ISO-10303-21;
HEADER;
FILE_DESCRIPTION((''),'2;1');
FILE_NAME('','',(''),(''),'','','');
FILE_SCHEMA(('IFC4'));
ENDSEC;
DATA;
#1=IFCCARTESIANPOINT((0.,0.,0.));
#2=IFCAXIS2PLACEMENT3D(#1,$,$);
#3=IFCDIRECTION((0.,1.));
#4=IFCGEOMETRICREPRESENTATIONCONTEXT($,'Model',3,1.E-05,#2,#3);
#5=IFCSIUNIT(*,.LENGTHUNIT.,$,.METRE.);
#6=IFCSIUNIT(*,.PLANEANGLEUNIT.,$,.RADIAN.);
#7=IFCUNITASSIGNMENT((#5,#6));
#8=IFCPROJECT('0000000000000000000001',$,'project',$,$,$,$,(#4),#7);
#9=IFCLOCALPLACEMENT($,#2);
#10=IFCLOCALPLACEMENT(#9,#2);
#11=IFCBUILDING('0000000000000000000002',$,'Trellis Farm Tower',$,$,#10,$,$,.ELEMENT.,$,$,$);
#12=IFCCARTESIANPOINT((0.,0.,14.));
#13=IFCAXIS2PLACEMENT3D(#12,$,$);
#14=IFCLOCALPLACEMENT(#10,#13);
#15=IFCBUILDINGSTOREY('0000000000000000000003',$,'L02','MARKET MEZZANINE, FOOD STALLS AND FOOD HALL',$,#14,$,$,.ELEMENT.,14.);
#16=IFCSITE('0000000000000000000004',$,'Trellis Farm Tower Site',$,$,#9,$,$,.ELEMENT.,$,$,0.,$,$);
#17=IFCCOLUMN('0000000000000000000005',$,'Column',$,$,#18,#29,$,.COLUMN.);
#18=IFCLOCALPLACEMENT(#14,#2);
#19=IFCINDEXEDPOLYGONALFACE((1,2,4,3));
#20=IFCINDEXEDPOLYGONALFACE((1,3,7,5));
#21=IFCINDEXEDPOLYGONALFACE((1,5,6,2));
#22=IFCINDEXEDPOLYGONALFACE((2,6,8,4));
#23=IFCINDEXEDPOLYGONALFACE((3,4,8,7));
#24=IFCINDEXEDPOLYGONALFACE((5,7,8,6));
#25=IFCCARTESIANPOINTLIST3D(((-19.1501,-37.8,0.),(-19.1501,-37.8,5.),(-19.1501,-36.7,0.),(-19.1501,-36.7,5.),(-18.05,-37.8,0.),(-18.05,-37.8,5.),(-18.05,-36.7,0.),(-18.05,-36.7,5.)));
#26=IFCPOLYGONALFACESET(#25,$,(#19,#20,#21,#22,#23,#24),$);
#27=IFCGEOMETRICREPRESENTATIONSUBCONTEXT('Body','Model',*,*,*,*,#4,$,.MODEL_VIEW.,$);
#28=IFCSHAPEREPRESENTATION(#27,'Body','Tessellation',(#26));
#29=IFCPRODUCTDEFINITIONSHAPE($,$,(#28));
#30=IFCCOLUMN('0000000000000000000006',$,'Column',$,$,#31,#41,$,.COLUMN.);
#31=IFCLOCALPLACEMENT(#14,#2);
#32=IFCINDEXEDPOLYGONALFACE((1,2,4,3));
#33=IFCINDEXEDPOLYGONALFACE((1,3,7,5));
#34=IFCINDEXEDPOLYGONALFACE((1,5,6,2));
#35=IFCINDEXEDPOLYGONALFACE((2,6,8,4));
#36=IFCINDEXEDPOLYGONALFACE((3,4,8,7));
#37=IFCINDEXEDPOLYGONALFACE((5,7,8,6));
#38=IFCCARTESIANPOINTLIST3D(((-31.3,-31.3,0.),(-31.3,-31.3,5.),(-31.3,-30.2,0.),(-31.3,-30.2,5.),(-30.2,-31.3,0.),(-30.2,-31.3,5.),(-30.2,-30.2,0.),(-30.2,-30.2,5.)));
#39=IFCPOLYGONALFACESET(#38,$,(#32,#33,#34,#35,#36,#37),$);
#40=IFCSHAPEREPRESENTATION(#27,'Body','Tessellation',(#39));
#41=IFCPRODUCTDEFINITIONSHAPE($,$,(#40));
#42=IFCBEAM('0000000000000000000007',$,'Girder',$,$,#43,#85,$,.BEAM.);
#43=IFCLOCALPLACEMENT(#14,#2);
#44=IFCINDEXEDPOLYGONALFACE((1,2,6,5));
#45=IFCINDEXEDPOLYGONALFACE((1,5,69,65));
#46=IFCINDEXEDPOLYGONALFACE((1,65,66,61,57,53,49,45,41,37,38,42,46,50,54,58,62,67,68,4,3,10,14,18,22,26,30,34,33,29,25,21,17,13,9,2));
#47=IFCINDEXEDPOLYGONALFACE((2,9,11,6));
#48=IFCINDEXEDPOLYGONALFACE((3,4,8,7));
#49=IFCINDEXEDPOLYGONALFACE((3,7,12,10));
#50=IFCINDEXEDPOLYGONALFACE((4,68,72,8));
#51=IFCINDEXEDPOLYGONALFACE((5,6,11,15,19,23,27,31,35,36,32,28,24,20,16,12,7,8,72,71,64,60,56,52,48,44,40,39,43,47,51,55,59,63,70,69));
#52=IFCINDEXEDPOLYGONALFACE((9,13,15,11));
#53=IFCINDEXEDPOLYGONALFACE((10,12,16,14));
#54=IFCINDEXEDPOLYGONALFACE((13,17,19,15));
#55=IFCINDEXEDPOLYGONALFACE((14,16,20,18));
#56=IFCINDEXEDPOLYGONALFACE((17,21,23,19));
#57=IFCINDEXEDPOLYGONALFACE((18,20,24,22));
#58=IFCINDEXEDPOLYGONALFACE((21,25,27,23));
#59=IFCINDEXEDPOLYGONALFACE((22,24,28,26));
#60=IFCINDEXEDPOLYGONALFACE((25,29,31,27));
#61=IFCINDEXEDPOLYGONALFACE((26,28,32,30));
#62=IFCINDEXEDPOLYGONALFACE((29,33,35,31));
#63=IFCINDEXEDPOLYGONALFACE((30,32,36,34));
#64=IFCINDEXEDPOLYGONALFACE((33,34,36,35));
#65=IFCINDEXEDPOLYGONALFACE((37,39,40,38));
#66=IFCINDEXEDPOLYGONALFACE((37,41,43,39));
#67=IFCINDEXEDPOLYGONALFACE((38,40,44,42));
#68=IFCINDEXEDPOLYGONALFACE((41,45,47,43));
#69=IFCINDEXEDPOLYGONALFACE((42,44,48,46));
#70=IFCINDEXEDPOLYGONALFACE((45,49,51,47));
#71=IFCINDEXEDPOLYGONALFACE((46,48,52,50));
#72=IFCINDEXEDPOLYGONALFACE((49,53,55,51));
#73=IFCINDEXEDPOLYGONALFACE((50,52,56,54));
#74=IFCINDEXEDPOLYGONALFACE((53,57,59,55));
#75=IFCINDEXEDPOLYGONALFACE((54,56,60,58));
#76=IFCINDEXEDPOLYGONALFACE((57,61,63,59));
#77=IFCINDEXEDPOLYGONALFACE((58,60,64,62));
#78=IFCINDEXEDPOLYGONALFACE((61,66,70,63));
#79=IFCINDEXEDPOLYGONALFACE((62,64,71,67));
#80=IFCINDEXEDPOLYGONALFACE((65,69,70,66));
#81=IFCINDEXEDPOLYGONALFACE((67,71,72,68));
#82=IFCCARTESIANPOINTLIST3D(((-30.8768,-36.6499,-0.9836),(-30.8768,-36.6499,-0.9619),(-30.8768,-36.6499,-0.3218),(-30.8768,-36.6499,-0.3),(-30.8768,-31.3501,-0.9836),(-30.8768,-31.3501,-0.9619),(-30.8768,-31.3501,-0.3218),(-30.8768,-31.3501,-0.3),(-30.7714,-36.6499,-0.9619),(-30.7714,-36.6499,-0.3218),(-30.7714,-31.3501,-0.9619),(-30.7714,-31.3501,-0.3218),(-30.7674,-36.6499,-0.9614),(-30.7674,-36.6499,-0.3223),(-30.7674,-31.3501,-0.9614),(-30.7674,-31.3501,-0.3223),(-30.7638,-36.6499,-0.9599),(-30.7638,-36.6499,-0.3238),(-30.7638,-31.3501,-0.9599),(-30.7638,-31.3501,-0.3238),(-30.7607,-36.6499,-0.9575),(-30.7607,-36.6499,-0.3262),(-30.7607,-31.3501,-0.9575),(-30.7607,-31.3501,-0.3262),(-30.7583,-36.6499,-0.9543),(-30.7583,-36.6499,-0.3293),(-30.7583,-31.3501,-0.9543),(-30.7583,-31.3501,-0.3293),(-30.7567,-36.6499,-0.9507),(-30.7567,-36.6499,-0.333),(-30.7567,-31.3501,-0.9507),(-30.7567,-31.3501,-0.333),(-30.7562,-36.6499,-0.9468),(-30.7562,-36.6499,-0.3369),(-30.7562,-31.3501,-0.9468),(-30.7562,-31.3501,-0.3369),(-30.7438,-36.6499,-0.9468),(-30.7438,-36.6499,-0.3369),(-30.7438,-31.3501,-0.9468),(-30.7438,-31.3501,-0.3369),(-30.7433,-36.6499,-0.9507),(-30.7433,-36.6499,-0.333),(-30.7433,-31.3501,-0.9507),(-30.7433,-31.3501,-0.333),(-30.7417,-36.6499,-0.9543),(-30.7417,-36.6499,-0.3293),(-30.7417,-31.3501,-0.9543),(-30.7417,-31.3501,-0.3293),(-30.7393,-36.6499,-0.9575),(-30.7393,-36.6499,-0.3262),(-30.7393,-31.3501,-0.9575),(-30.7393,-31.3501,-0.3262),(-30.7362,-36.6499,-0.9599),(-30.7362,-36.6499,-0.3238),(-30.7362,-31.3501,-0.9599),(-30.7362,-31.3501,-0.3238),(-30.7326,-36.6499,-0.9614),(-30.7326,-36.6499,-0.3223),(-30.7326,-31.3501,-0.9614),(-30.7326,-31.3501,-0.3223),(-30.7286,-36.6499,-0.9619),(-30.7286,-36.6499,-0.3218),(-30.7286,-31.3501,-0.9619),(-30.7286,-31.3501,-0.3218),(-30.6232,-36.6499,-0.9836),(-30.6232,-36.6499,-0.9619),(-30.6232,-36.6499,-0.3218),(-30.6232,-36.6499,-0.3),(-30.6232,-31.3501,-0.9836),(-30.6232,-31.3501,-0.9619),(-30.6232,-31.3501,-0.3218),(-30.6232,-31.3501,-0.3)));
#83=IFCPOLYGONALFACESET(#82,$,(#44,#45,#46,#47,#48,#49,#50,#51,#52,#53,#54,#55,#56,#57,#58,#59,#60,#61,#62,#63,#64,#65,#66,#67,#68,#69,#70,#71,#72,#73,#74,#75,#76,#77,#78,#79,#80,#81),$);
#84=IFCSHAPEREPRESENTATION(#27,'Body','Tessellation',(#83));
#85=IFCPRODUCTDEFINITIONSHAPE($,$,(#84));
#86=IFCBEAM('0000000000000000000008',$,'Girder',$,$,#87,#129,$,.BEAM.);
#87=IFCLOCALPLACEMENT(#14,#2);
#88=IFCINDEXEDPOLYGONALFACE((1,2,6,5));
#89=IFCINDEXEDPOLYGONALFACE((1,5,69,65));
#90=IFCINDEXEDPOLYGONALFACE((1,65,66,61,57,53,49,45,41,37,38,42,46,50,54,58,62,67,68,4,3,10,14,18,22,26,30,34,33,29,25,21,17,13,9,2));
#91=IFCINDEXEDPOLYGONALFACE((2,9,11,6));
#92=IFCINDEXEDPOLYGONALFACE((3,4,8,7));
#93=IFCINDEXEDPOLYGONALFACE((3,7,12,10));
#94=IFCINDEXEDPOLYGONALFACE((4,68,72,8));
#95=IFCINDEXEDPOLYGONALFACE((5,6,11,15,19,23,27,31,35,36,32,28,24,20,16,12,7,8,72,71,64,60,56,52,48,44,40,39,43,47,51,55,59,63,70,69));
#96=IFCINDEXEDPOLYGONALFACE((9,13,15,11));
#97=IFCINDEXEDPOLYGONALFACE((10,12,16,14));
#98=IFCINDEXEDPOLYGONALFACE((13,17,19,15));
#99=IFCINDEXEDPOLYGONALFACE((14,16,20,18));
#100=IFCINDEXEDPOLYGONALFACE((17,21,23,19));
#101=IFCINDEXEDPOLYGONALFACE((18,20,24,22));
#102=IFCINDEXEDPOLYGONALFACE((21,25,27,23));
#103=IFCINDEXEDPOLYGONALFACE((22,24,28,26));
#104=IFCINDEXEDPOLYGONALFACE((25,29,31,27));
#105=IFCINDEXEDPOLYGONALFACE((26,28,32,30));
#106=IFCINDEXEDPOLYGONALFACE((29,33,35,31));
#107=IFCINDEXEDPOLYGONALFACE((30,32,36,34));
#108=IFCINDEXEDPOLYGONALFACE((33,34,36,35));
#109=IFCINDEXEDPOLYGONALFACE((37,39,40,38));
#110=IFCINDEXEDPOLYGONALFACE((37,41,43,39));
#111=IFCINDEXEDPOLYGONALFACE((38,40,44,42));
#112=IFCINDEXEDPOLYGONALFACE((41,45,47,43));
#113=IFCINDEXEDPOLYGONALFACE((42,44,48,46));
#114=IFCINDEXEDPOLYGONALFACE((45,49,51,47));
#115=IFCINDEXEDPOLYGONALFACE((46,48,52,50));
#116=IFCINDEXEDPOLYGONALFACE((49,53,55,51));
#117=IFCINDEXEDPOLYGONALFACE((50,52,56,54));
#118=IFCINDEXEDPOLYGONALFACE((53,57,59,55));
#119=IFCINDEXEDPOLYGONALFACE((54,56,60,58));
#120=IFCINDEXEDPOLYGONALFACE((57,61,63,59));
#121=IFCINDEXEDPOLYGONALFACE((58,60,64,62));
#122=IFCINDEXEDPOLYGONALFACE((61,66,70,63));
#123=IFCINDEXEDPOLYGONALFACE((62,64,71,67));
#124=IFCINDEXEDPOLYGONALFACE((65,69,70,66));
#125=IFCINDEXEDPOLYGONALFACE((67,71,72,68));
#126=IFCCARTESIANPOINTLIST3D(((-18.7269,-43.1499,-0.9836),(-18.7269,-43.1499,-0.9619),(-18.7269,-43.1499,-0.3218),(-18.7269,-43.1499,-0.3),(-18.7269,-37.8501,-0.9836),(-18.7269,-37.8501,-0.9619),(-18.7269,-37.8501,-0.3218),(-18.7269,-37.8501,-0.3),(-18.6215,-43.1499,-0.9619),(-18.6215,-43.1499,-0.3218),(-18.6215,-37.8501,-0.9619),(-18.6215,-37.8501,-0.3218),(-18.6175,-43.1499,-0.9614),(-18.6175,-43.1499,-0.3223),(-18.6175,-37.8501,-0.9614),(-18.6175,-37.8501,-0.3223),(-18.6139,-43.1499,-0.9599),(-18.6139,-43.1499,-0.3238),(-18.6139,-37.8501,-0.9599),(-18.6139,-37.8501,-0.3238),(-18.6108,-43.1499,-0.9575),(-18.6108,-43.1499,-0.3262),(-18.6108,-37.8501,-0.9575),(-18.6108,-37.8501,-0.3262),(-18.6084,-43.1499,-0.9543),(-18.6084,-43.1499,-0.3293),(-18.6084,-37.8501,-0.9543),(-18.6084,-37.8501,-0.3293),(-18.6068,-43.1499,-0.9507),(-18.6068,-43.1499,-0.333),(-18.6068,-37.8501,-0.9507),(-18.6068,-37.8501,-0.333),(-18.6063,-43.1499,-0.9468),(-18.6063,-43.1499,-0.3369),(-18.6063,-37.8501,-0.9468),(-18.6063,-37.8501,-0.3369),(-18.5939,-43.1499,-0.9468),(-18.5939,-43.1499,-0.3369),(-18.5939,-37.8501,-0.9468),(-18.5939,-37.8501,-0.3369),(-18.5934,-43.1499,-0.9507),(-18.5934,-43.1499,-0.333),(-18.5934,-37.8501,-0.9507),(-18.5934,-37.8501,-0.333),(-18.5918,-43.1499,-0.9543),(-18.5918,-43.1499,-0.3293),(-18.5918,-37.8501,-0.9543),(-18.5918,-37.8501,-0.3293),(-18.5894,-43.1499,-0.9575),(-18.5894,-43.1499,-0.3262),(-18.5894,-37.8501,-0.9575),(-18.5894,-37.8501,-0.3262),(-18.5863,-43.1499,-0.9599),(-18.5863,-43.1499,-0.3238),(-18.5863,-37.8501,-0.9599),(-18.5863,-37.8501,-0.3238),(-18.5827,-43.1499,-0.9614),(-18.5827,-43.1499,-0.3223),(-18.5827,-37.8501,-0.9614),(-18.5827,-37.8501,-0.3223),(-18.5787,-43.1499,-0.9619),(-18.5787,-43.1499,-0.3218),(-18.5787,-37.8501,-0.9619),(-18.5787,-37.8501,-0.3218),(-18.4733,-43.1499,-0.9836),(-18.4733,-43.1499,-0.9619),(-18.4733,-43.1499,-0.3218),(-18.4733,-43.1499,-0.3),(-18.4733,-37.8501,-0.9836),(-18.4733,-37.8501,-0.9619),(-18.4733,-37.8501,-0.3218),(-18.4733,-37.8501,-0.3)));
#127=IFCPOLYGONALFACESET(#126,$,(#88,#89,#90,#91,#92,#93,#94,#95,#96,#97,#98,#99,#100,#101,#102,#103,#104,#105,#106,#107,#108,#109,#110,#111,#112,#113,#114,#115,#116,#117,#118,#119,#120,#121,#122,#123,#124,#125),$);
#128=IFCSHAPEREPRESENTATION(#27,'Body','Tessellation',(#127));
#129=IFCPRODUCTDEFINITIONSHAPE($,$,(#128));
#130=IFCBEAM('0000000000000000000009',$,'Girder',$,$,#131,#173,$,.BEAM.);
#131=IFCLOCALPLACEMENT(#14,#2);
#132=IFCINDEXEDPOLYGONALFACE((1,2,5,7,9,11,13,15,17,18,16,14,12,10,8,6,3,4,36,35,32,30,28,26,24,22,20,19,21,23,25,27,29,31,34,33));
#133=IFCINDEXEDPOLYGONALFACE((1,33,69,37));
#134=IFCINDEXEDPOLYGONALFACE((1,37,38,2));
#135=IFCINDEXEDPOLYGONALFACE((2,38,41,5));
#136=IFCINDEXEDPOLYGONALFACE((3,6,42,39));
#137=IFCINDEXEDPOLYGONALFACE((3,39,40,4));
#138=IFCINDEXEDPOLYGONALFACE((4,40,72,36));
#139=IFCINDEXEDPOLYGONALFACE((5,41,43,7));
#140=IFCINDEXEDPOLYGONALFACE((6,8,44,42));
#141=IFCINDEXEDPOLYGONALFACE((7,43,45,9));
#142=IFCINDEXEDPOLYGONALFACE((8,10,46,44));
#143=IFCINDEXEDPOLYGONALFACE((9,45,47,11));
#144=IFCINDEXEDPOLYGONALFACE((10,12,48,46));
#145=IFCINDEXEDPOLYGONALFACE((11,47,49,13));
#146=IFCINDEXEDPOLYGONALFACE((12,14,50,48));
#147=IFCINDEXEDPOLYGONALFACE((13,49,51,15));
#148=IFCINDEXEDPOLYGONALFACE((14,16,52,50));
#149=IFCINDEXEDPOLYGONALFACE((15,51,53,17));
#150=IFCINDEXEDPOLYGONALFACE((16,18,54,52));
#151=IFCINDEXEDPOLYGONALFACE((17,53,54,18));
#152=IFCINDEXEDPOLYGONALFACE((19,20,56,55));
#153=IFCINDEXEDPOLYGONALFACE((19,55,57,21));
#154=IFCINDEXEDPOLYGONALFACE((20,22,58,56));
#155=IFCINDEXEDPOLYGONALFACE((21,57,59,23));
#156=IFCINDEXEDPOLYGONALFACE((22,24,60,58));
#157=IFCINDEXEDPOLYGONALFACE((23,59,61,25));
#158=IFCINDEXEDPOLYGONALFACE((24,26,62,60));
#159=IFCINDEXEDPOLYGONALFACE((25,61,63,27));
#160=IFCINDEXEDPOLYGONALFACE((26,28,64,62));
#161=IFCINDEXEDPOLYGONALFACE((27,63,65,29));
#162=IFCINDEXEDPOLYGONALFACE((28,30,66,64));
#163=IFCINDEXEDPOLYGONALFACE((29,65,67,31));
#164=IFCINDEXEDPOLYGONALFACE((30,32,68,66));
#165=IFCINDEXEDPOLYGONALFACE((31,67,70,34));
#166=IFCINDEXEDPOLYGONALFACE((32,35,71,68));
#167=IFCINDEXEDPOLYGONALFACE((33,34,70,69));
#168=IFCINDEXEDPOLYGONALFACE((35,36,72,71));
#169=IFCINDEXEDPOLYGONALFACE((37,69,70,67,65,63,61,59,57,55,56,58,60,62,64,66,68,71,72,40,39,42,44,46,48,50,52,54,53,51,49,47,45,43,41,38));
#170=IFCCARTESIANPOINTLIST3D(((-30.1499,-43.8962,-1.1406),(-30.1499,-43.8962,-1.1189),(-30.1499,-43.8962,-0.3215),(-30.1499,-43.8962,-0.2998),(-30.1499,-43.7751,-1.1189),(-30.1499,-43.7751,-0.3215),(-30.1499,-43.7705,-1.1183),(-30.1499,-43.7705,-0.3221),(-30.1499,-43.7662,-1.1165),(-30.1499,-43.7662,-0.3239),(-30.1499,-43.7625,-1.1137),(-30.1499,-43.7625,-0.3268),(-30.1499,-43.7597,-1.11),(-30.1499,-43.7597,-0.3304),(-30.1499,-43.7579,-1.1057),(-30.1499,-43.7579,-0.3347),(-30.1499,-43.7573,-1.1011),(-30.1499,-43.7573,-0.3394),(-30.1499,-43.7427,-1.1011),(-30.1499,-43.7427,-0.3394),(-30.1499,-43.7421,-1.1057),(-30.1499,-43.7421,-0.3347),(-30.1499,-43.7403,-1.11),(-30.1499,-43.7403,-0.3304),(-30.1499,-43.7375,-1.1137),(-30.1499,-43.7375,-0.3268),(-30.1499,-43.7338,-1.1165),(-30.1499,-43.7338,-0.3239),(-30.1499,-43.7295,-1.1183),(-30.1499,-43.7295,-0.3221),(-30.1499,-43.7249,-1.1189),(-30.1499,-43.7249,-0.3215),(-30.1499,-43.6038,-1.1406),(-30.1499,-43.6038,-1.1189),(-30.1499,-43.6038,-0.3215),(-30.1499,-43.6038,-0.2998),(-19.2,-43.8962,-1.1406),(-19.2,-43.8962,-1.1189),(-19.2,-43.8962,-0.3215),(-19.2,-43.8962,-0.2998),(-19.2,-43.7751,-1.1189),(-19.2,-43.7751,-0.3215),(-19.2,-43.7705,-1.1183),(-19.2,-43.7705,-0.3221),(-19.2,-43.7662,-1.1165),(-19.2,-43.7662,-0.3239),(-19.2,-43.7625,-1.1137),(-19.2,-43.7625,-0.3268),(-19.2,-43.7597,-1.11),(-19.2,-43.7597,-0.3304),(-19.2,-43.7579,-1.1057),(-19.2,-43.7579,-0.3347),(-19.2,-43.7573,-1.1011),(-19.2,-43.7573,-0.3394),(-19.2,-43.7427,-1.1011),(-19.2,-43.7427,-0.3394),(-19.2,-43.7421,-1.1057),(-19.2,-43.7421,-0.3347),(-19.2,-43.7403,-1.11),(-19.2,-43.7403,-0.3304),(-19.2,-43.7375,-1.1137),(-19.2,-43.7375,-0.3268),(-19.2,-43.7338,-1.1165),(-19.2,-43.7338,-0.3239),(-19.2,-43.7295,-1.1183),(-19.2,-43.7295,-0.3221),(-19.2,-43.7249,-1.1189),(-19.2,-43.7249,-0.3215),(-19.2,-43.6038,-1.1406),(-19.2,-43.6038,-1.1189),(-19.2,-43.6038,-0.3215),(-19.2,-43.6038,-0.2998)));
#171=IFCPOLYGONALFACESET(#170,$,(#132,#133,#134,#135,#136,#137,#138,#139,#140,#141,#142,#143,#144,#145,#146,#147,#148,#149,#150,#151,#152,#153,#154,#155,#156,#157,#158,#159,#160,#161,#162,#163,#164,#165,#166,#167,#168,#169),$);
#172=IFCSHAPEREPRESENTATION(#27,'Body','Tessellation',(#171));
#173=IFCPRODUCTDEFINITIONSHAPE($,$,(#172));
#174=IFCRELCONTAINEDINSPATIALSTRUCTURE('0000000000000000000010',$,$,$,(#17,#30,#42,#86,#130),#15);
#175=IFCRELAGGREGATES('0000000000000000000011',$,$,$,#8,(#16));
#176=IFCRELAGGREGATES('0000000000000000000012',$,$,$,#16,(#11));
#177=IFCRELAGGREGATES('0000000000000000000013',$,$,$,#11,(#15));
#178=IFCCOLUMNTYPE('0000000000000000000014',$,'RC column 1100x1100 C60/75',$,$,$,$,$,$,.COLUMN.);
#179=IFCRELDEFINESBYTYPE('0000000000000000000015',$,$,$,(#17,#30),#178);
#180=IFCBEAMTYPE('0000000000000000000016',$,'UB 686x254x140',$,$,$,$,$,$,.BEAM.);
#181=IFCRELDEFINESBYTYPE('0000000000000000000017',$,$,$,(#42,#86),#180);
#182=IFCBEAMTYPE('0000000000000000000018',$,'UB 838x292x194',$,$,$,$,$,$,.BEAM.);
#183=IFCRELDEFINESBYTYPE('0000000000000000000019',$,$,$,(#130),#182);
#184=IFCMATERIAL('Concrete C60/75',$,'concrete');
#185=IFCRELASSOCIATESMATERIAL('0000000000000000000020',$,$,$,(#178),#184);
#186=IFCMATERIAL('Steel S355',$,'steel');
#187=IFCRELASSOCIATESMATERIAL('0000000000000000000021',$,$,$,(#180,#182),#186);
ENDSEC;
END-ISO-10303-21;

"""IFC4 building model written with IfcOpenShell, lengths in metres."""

from ifc_helpers import new_model, si_unit, direction, frame, origin, origin_2d, place, context, subcontext, project, spatial, rectangle, i_section, extrude, source, transform, mapped, material, material_profile, profile_set, type_object, element, save


model = new_model("IFC4")

# Units and contexts
model_context = context("Model", 3, precision=1e-05, world=origin(), true_north=direction((0.0, 1.0)))
body_context = subcontext(model_context, "Body", "Model", "MODEL_VIEW")
ifc_project = project(units=[si_unit("LENGTHUNIT", "METRE"), si_unit("PLANEANGLEUNIT", "RADIAN")], contexts=[model_context])

# Site, building, storey
site_placement = place(None, origin())
site = spatial("IfcSite", under=ifc_project, at=site_placement, Name="Trellis Farm Tower Site", CompositionType="ELEMENT", RefElevation=0.0)
building_placement = place(site_placement, origin())
building = spatial("IfcBuilding", under=site, at=building_placement, Name="Trellis Farm Tower", CompositionType="ELEMENT")
storey_placement = place(building_placement, frame((0.0, 0.0, 14.0)))
storey = spatial("IfcBuildingStorey", under=building, at=storey_placement, Name="L02", Description="MARKET MEZZANINE, FOOD STALLS AND FOOD HALL", CompositionType="ELEMENT", Elevation=14.0)

# Columns
ifc_material_1 = material(Name="Concrete C60/75", Category="concrete")
ifc_material_profile_1 = material_profile(ifc_material_1, rectangle(XDim=1.1001, YDim=1.1001, at=origin_2d()), Name="RC column 1100x1100 C60/75")
ifc_profile_set_1 = profile_set([ifc_material_profile_1], Name="Concrete C60/75")
column_type = type_object("IfcColumnType", Name="RC column 1100x1100 C60/75", PredefinedType="COLUMN", material=ifc_profile_set_1)
shared_shape_1 = source(origin(), body_context, "Body", "SweptSolid", [
    extrude(rectangle(XDim=1.1001, YDim=1.1001, at=origin_2d()), origin(), (0.0, 0.0, 1.0), 5.0),
])
for number, where, z_axis, x_axis, name in (
    (1, (-18.6001, -37.25, 0.0), (0.0, 0.0, 1.0), (1.0, 0.0, 0.0), "Column"),
    (2, (-30.75, -30.75, 0.0), (0.0, 0.0, 1.0), (1.0, 0.0, 0.0), "Column"),
):
    element("IfcColumn", number, at=place(storey_placement, frame(where, z_axis=z_axis, x_axis=x_axis)), inside=storey, type_object=column_type, Name=name, PredefinedType="COLUMN", context=body_context, shape_type="MappedRepresentation", body=[
        mapped(shared_shape_1, transform((0.0, 0.0, 0.0))),
    ])

# Beams
ifc_material_2 = material(Name="Steel S355", Category="steel")
ifc_material_profile_2 = material_profile(ifc_material_2, i_section(OverallWidth=0.2537, OverallDepth=0.6836, WebThickness=0.0125, FlangeThickness=0.0217, FilletRadius=0.0151, at=origin_2d()), Name="UB 686x254x140")
ifc_profile_set_2 = profile_set([ifc_material_profile_2], Name="Steel S355")
beam_type_1 = type_object("IfcBeamType", Name="UB 686x254x140", PredefinedType="BEAM", material=ifc_profile_set_2)
shared_shape_2 = source(origin(), body_context, "Body", "SweptSolid", [
    extrude(i_section(OverallWidth=0.2537, OverallDepth=0.6836, WebThickness=0.0125, FlangeThickness=0.0217, FilletRadius=0.0151, at=origin_2d()), origin(), (0.0, 0.0, 1.0), 5.2998),
])
for number, where, z_axis, x_axis, name in (
    (3, (-30.75, -36.6499, -0.6418), (0.0, 1.0, 0.0), (-1.0, 0.0, 0.0), "Girder"),
    (4, (-18.6001, -43.1499, -0.6418), (0.0, 1.0, 0.0), (-1.0, 0.0, 0.0), "Girder"),
):
    element("IfcBeam", number, at=place(storey_placement, frame(where, z_axis=z_axis, x_axis=x_axis)), inside=storey, type_object=beam_type_1, Name=name, PredefinedType="BEAM", context=body_context, shape_type="MappedRepresentation", body=[
        mapped(shared_shape_2, transform((0.0, 0.0, 0.0))),
    ])
ifc_material_profile_3 = material_profile(ifc_material_2, i_section(OverallWidth=0.2925, OverallDepth=0.8408, WebThickness=0.0146, FlangeThickness=0.0217, FilletRadius=0.0178, at=origin_2d()), Name="UB 838x292x194")
ifc_profile_set_3 = profile_set([ifc_material_profile_3], Name="Steel S355")
beam_type_2 = type_object("IfcBeamType", Name="UB 838x292x194", PredefinedType="BEAM", material=ifc_profile_set_3)
shared_shape_3 = source(origin(), body_context, "Body", "SweptSolid", [
    extrude(i_section(OverallWidth=0.2925, OverallDepth=0.8408, WebThickness=0.0146, FlangeThickness=0.0217, FilletRadius=0.0178, at=origin_2d()), origin(), (0.0, 0.0, 1.0), 10.95),
])
for number, where, z_axis, x_axis, name in (
    (5, (-30.1499, -43.75, -0.7202), (1.0, 0.0, 0.0), (0.0, 1.0, 0.0), "Girder"),
):
    element("IfcBeam", number, at=place(storey_placement, frame(where, z_axis=z_axis, x_axis=x_axis)), inside=storey, type_object=beam_type_2, Name=name, PredefinedType="BEAM", context=body_context, shape_type="MappedRepresentation", body=[
        mapped(shared_shape_3, transform((0.0, 0.0, 0.0))),
    ])

save(model, "model.ifc")
